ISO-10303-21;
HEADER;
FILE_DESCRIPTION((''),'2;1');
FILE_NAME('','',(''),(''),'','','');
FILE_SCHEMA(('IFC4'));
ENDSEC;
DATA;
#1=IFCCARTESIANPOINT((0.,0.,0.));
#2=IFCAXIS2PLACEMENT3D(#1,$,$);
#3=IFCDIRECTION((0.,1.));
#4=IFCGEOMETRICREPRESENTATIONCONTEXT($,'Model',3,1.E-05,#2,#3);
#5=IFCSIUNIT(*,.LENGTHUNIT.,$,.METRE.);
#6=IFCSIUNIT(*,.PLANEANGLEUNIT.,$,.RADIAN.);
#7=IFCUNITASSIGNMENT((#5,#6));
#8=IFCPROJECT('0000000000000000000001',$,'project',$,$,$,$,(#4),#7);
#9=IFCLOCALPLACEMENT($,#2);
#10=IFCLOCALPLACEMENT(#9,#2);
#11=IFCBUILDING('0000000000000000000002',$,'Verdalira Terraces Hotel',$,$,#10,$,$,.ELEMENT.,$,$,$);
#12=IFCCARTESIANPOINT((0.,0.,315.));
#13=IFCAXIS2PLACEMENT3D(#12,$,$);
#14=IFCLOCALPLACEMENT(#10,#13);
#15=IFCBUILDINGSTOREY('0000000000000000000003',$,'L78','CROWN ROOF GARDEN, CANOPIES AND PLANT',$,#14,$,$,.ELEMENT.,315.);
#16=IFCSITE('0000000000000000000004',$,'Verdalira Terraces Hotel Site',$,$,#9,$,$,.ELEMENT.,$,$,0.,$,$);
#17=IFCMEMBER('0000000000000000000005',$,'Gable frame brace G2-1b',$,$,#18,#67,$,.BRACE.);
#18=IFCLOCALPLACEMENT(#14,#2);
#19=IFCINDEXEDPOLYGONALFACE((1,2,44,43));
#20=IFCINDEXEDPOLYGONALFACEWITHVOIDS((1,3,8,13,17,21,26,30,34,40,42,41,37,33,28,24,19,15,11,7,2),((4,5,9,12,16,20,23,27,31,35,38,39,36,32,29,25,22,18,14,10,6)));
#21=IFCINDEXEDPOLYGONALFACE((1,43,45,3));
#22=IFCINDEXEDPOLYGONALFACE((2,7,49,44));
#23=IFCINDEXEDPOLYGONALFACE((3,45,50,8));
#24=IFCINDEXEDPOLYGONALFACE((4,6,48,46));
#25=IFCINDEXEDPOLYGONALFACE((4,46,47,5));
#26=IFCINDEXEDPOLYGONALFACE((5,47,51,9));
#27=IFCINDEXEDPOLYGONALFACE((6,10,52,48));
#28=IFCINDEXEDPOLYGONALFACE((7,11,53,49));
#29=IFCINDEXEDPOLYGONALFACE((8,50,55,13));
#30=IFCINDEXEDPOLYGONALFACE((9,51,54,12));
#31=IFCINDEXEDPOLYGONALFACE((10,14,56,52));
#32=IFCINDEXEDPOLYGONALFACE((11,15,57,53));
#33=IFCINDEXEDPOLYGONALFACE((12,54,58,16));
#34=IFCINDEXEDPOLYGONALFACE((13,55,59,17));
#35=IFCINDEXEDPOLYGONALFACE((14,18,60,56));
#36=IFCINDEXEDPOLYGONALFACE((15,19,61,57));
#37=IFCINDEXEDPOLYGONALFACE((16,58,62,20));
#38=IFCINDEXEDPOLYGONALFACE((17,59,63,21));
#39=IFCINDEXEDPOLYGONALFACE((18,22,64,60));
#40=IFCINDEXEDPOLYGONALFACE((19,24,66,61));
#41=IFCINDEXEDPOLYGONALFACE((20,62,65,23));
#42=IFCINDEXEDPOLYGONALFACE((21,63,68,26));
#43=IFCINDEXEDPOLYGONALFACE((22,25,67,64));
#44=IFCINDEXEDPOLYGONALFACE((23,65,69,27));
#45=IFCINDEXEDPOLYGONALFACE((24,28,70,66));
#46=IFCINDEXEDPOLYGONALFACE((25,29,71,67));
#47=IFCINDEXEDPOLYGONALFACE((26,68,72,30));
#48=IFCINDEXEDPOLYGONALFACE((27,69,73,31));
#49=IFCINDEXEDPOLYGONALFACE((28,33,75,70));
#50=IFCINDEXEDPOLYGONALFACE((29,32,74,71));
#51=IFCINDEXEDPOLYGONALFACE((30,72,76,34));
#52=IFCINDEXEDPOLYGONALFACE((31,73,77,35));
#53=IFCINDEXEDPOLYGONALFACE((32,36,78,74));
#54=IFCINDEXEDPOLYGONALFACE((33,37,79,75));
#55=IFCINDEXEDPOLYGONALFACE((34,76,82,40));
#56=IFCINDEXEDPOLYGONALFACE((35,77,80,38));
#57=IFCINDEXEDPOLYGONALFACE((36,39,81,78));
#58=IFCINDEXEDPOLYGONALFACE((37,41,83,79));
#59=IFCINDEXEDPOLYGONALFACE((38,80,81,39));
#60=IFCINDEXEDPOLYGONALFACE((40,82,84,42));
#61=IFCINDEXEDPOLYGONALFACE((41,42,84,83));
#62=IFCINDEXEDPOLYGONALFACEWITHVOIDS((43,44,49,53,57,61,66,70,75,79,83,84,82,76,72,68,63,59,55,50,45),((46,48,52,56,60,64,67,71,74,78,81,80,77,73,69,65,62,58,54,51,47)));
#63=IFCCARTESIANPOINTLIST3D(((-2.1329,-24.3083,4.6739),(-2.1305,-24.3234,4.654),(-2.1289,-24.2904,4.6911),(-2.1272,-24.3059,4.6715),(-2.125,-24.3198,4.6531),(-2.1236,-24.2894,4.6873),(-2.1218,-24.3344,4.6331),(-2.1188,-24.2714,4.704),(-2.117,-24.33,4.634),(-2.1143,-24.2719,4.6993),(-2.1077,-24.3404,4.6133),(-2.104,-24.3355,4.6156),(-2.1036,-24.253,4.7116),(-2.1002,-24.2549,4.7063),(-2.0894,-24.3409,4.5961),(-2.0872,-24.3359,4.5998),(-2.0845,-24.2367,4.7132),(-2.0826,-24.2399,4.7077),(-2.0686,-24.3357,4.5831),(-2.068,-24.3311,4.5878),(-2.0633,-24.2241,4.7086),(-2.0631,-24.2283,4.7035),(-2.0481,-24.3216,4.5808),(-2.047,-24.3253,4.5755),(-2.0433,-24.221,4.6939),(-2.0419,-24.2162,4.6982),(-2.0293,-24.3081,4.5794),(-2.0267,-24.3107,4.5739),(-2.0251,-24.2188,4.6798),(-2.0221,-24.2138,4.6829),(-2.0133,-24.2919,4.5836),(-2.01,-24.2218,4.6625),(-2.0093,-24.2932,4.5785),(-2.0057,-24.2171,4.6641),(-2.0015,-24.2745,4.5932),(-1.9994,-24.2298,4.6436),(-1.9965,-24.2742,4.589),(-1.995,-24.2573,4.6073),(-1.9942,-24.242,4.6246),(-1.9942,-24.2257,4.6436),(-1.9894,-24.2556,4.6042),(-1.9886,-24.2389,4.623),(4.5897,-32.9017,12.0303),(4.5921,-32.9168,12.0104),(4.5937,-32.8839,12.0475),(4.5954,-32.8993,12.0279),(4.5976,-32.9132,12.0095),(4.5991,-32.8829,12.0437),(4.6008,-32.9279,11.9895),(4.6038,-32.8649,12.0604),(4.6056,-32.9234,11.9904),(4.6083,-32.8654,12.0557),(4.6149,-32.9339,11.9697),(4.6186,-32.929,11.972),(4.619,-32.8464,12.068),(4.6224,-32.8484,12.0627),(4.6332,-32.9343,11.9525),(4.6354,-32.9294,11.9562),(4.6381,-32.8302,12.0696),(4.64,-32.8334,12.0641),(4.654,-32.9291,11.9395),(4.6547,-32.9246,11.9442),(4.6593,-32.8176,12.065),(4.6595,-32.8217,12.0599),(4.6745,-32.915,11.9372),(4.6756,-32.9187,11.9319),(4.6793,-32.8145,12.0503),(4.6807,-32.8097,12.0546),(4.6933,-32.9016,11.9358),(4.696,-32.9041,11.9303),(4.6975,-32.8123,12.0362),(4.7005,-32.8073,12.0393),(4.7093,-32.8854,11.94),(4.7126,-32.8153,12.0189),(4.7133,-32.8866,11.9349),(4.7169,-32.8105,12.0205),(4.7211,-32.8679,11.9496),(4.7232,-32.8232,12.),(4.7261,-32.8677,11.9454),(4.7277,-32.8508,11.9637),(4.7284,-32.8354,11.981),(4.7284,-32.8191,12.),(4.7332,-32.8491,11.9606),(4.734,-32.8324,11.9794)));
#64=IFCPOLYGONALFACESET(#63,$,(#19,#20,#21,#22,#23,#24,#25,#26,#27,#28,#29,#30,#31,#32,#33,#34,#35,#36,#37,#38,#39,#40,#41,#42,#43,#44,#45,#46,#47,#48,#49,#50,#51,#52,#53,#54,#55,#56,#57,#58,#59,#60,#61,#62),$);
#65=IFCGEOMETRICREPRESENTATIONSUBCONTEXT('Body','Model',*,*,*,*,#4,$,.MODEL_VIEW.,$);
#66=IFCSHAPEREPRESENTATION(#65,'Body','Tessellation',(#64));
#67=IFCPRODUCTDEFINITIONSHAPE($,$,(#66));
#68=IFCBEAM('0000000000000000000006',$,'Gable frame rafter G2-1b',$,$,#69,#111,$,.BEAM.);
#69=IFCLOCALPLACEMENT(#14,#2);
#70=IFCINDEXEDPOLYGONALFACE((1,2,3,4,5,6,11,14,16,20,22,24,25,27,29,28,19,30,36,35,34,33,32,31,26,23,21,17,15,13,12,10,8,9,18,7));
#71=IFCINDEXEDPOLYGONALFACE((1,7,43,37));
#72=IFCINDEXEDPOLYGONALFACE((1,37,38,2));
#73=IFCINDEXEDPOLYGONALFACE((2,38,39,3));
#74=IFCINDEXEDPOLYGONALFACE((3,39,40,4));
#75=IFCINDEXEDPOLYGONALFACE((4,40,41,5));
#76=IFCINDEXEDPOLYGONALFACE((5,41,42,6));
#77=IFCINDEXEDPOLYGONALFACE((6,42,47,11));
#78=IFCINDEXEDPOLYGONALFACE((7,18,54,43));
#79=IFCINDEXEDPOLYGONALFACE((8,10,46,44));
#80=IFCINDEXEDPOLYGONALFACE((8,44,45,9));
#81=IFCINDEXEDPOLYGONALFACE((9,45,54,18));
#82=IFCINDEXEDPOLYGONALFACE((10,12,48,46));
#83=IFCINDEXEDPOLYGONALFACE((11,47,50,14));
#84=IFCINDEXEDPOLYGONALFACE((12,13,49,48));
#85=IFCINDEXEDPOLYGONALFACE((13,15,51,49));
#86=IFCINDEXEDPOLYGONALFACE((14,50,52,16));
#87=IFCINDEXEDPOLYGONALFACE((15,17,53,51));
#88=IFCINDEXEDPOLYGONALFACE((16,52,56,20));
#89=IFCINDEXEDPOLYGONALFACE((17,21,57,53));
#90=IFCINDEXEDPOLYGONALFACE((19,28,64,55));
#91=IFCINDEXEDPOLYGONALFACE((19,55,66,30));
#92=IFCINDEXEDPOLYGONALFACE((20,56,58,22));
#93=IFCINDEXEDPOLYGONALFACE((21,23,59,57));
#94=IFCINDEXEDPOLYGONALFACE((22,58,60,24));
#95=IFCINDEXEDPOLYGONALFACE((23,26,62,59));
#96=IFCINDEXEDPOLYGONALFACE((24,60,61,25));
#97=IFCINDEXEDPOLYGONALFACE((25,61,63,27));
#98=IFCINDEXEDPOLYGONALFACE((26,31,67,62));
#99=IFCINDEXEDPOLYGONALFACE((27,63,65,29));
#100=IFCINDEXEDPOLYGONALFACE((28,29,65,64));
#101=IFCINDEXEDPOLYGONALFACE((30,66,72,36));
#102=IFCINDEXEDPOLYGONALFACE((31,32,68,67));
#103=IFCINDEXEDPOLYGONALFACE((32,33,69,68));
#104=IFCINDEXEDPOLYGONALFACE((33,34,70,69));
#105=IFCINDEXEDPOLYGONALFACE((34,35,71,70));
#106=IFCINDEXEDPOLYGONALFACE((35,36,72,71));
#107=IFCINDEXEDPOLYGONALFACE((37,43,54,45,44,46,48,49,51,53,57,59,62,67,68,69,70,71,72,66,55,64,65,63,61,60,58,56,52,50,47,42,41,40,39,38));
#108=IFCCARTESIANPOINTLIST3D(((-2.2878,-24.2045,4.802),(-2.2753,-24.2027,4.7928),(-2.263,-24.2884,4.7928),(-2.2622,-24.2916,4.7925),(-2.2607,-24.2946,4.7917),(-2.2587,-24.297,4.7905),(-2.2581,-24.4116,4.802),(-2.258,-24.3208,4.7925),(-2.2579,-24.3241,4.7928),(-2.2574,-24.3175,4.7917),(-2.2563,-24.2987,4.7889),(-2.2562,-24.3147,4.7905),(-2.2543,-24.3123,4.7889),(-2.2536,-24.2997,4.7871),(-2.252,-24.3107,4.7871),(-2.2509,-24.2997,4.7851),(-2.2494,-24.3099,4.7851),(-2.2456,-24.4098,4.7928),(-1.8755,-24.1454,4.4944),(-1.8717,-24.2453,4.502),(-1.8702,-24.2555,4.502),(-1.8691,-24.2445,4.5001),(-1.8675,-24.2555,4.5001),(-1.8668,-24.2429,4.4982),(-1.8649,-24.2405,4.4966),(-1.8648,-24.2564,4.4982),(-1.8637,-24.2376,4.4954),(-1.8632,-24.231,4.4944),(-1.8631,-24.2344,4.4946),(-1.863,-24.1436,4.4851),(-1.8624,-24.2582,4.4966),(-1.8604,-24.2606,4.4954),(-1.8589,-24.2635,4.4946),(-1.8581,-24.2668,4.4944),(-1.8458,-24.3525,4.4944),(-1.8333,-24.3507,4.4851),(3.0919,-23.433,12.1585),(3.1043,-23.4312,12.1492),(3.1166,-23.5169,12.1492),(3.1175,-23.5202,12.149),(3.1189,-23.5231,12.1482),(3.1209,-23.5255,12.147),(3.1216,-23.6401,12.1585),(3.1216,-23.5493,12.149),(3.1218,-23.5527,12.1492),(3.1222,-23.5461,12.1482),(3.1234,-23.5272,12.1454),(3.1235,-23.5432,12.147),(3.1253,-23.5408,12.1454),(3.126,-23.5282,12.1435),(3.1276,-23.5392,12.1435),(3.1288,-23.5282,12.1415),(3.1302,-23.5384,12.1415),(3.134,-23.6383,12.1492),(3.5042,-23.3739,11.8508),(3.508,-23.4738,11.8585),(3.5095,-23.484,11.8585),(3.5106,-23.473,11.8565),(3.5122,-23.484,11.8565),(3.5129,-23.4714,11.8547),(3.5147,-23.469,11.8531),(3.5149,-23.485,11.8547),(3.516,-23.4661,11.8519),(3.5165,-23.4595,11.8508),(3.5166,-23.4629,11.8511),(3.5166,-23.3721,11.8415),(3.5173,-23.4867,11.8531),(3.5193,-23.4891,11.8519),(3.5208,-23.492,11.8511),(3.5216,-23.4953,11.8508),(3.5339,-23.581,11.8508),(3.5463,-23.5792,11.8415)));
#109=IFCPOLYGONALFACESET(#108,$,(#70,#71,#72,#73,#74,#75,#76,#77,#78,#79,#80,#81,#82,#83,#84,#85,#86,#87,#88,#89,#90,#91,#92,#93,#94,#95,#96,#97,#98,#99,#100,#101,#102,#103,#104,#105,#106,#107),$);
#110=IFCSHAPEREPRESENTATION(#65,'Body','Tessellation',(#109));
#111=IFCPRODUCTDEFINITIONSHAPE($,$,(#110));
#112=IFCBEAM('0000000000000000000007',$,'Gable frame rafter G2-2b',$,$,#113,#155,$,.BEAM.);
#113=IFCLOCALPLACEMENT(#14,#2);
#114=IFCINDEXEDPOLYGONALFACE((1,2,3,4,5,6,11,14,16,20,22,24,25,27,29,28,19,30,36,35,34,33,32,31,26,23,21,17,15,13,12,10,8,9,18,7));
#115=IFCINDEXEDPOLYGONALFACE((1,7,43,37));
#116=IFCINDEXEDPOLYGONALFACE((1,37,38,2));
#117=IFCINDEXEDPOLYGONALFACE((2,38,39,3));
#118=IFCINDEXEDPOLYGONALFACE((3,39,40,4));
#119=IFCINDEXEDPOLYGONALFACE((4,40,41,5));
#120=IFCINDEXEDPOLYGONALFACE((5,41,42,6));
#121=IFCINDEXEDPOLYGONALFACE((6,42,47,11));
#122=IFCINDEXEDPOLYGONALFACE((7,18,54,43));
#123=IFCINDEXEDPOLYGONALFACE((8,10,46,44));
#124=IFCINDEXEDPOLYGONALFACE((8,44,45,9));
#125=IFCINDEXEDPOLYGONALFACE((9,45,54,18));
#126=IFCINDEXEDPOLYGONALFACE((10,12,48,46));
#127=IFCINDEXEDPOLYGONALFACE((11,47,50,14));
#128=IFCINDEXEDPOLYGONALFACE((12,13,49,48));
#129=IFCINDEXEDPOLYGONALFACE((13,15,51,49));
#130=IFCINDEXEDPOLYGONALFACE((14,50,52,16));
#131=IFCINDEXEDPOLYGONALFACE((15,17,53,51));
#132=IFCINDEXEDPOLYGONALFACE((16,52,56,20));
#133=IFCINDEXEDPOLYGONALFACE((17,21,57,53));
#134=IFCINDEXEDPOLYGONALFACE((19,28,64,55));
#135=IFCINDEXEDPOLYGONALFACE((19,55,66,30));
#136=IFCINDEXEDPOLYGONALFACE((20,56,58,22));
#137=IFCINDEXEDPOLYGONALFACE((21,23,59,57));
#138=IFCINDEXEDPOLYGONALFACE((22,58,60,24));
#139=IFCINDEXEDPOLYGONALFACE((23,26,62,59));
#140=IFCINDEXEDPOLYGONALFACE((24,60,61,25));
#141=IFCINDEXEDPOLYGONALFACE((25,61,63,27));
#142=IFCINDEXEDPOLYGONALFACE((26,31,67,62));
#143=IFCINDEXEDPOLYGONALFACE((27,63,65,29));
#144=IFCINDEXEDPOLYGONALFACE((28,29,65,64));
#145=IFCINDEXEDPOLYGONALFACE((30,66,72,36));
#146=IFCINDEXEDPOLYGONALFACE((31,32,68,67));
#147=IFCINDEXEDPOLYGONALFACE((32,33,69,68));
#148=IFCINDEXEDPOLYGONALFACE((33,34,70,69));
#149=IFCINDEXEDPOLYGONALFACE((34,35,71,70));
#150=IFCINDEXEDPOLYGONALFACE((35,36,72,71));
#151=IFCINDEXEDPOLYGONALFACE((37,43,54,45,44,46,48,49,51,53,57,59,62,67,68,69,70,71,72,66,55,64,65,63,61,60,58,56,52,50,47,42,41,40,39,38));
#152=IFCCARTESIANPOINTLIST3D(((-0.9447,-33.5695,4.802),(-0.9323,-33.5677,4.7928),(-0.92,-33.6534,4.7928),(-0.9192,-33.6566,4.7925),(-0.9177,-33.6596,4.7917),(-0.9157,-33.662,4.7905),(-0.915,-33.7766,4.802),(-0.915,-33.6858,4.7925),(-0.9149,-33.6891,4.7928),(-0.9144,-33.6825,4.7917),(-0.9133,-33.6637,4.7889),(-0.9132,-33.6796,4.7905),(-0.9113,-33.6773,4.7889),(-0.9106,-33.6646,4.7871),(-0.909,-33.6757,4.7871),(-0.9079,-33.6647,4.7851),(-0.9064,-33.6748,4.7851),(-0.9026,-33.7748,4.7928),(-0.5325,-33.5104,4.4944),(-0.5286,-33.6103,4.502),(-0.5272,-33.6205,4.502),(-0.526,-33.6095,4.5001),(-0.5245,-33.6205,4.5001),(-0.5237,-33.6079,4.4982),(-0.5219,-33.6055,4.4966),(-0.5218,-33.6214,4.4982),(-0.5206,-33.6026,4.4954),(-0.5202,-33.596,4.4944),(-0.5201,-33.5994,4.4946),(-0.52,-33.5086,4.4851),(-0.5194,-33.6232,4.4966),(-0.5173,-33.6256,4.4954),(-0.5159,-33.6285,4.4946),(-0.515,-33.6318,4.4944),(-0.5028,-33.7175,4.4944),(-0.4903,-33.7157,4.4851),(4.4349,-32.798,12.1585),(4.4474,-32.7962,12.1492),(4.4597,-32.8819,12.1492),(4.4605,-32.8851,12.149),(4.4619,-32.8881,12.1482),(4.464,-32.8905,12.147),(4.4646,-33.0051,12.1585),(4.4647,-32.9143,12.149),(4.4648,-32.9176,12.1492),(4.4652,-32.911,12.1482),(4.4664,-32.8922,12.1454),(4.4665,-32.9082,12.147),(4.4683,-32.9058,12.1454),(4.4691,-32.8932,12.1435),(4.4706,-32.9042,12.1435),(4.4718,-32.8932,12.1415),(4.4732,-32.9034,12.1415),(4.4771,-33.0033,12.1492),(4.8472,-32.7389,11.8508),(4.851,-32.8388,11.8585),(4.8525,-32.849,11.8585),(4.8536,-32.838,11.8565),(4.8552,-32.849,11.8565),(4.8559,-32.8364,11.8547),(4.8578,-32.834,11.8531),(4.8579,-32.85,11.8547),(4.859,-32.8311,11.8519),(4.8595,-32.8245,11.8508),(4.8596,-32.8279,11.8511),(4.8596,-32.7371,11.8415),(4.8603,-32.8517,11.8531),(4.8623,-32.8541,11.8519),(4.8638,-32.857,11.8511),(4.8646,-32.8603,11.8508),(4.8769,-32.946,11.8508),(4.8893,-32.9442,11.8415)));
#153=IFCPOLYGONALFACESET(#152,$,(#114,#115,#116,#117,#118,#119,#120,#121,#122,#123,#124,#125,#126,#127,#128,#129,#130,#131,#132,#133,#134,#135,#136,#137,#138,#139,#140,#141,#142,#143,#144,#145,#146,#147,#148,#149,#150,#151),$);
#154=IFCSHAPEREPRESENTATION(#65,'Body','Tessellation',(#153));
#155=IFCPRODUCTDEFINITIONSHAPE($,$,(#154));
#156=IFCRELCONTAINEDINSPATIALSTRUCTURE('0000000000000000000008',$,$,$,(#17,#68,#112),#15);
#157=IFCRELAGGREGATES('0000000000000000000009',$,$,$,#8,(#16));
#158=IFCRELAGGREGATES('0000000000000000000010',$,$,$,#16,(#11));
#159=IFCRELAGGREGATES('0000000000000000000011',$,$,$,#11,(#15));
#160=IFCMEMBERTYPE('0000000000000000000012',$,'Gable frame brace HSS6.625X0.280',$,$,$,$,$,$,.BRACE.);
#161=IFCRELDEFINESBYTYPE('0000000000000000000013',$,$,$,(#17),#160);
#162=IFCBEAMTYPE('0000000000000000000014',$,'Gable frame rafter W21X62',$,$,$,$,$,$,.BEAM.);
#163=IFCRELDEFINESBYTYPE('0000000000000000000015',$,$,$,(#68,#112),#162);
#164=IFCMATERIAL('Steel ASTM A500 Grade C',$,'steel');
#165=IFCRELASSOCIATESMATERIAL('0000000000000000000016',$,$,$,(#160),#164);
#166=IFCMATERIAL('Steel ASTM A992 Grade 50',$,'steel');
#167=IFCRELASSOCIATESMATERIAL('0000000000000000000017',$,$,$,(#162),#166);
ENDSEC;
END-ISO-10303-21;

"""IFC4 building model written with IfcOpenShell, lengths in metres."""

from ifc_helpers import new_model, si_unit, direction, frame, origin, origin_2d, place, context, subcontext, project, spatial, hollow_circle, i_section, extrude, material, material_profile, profile_set, type_object, element, save


model = new_model("IFC4")

# Units and contexts
model_context = context("Model", 3, precision=1e-05, world=origin(), true_north=direction((0.0, 1.0)))
body_context = subcontext(model_context, "Body", "Model", "MODEL_VIEW")
ifc_project = project(units=[si_unit("LENGTHUNIT", "METRE"), si_unit("PLANEANGLEUNIT", "RADIAN")], contexts=[model_context])

# Site, building, storey
site_placement = place(None, origin())
site = spatial("IfcSite", under=ifc_project, at=site_placement, Name="Verdalira Terraces Hotel Site", CompositionType="ELEMENT", RefElevation=0.0)
building_placement = place(site_placement, origin())
building = spatial("IfcBuilding", under=site, at=building_placement, Name="Verdalira Terraces Hotel", CompositionType="ELEMENT")
storey_placement = place(building_placement, frame((0.0, 0.0, 315.0)))
storey = spatial("IfcBuildingStorey", under=building, at=storey_placement, Name="L78", Description="CROWN ROOF GARDEN, CANOPIES AND PLANT", CompositionType="ELEMENT", Elevation=315.0)

# Member
ifc_material_1 = material(Name="Steel ASTM A500 Grade C", Category="steel")
ifc_material_profile_1 = material_profile(ifc_material_1, hollow_circle(Radius=0.0842, WallThickness=0.0066, at=origin_2d()), Name="HSS6.625X0.280")
ifc_profile_set_1 = profile_set([ifc_material_profile_1], Name="Steel ASTM A500 Grade C")
member_type_1 = type_object("IfcMemberType", Name="Gable frame brace HSS6.625X0.280", PredefinedType="BRACE", material=ifc_profile_set_1)
member_1_placement = place(storey_placement, frame((-2.0605, -24.2776, 4.6436), z_axis=(0.510878, -0.653051, 0.559042), x_axis=(0.787625, 0.616155, 0.0)))
element("IfcMember", 1, at=member_1_placement, inside=storey, type_object=member_type_1, Name="Gable frame brace G2-1b", PredefinedType="BRACE", context=body_context, shape_type="SweptSolid", body=[
    extrude(hollow_circle(Radius=0.0842, WallThickness=0.0066, at=origin_2d()), origin(), (0.0, 0.0, 1.0), 13.1589),
])

# Beams
ifc_material_2 = material(Name="Steel ASTM A992 Grade 50", Category="steel")
ifc_material_profile_2 = material_profile(ifc_material_2, i_section(OverallWidth=0.2092, OverallDepth=0.5334, WebThickness=0.0103, FlangeThickness=0.0156, FilletRadius=0.0129, at=origin_2d()), Name="W21X62")
ifc_profile_set_2 = profile_set([ifc_material_profile_2], Name="Steel ASTM A992 Grade 50")
beam_type_1 = type_object("IfcBeamType", Name="Gable frame rafter W21X62", PredefinedType="BEAM", material=ifc_profile_set_2)
for number, where, z_axis, x_axis, name in (
    (2, (-2.0605, -24.2776, 4.6436), (0.588183, 0.08435, 0.804317), (-0.141956, 0.989873, 0.0), "Gable frame rafter G2-1b"),
    (3, (-0.7175, -33.6426, 4.6436), (0.588183, 0.08435, 0.804317), (-0.141956, 0.989873, 0.0), "Gable frame rafter G2-2b"),
):
    element("IfcBeam", number, at=place(storey_placement, frame(where, z_axis=z_axis, x_axis=x_axis)), inside=storey, type_object=beam_type_1, Name=name, PredefinedType="BEAM", context=body_context, shape_type="SweptSolid", body=[
        extrude(i_section(OverallWidth=0.2092, OverallDepth=0.5334, WebThickness=0.0103, FlangeThickness=0.0156, FilletRadius=0.0129, at=origin_2d()), origin(), (0.0, 0.0, 1.0), 9.1462),
    ])

save(model, "model.ifc")
